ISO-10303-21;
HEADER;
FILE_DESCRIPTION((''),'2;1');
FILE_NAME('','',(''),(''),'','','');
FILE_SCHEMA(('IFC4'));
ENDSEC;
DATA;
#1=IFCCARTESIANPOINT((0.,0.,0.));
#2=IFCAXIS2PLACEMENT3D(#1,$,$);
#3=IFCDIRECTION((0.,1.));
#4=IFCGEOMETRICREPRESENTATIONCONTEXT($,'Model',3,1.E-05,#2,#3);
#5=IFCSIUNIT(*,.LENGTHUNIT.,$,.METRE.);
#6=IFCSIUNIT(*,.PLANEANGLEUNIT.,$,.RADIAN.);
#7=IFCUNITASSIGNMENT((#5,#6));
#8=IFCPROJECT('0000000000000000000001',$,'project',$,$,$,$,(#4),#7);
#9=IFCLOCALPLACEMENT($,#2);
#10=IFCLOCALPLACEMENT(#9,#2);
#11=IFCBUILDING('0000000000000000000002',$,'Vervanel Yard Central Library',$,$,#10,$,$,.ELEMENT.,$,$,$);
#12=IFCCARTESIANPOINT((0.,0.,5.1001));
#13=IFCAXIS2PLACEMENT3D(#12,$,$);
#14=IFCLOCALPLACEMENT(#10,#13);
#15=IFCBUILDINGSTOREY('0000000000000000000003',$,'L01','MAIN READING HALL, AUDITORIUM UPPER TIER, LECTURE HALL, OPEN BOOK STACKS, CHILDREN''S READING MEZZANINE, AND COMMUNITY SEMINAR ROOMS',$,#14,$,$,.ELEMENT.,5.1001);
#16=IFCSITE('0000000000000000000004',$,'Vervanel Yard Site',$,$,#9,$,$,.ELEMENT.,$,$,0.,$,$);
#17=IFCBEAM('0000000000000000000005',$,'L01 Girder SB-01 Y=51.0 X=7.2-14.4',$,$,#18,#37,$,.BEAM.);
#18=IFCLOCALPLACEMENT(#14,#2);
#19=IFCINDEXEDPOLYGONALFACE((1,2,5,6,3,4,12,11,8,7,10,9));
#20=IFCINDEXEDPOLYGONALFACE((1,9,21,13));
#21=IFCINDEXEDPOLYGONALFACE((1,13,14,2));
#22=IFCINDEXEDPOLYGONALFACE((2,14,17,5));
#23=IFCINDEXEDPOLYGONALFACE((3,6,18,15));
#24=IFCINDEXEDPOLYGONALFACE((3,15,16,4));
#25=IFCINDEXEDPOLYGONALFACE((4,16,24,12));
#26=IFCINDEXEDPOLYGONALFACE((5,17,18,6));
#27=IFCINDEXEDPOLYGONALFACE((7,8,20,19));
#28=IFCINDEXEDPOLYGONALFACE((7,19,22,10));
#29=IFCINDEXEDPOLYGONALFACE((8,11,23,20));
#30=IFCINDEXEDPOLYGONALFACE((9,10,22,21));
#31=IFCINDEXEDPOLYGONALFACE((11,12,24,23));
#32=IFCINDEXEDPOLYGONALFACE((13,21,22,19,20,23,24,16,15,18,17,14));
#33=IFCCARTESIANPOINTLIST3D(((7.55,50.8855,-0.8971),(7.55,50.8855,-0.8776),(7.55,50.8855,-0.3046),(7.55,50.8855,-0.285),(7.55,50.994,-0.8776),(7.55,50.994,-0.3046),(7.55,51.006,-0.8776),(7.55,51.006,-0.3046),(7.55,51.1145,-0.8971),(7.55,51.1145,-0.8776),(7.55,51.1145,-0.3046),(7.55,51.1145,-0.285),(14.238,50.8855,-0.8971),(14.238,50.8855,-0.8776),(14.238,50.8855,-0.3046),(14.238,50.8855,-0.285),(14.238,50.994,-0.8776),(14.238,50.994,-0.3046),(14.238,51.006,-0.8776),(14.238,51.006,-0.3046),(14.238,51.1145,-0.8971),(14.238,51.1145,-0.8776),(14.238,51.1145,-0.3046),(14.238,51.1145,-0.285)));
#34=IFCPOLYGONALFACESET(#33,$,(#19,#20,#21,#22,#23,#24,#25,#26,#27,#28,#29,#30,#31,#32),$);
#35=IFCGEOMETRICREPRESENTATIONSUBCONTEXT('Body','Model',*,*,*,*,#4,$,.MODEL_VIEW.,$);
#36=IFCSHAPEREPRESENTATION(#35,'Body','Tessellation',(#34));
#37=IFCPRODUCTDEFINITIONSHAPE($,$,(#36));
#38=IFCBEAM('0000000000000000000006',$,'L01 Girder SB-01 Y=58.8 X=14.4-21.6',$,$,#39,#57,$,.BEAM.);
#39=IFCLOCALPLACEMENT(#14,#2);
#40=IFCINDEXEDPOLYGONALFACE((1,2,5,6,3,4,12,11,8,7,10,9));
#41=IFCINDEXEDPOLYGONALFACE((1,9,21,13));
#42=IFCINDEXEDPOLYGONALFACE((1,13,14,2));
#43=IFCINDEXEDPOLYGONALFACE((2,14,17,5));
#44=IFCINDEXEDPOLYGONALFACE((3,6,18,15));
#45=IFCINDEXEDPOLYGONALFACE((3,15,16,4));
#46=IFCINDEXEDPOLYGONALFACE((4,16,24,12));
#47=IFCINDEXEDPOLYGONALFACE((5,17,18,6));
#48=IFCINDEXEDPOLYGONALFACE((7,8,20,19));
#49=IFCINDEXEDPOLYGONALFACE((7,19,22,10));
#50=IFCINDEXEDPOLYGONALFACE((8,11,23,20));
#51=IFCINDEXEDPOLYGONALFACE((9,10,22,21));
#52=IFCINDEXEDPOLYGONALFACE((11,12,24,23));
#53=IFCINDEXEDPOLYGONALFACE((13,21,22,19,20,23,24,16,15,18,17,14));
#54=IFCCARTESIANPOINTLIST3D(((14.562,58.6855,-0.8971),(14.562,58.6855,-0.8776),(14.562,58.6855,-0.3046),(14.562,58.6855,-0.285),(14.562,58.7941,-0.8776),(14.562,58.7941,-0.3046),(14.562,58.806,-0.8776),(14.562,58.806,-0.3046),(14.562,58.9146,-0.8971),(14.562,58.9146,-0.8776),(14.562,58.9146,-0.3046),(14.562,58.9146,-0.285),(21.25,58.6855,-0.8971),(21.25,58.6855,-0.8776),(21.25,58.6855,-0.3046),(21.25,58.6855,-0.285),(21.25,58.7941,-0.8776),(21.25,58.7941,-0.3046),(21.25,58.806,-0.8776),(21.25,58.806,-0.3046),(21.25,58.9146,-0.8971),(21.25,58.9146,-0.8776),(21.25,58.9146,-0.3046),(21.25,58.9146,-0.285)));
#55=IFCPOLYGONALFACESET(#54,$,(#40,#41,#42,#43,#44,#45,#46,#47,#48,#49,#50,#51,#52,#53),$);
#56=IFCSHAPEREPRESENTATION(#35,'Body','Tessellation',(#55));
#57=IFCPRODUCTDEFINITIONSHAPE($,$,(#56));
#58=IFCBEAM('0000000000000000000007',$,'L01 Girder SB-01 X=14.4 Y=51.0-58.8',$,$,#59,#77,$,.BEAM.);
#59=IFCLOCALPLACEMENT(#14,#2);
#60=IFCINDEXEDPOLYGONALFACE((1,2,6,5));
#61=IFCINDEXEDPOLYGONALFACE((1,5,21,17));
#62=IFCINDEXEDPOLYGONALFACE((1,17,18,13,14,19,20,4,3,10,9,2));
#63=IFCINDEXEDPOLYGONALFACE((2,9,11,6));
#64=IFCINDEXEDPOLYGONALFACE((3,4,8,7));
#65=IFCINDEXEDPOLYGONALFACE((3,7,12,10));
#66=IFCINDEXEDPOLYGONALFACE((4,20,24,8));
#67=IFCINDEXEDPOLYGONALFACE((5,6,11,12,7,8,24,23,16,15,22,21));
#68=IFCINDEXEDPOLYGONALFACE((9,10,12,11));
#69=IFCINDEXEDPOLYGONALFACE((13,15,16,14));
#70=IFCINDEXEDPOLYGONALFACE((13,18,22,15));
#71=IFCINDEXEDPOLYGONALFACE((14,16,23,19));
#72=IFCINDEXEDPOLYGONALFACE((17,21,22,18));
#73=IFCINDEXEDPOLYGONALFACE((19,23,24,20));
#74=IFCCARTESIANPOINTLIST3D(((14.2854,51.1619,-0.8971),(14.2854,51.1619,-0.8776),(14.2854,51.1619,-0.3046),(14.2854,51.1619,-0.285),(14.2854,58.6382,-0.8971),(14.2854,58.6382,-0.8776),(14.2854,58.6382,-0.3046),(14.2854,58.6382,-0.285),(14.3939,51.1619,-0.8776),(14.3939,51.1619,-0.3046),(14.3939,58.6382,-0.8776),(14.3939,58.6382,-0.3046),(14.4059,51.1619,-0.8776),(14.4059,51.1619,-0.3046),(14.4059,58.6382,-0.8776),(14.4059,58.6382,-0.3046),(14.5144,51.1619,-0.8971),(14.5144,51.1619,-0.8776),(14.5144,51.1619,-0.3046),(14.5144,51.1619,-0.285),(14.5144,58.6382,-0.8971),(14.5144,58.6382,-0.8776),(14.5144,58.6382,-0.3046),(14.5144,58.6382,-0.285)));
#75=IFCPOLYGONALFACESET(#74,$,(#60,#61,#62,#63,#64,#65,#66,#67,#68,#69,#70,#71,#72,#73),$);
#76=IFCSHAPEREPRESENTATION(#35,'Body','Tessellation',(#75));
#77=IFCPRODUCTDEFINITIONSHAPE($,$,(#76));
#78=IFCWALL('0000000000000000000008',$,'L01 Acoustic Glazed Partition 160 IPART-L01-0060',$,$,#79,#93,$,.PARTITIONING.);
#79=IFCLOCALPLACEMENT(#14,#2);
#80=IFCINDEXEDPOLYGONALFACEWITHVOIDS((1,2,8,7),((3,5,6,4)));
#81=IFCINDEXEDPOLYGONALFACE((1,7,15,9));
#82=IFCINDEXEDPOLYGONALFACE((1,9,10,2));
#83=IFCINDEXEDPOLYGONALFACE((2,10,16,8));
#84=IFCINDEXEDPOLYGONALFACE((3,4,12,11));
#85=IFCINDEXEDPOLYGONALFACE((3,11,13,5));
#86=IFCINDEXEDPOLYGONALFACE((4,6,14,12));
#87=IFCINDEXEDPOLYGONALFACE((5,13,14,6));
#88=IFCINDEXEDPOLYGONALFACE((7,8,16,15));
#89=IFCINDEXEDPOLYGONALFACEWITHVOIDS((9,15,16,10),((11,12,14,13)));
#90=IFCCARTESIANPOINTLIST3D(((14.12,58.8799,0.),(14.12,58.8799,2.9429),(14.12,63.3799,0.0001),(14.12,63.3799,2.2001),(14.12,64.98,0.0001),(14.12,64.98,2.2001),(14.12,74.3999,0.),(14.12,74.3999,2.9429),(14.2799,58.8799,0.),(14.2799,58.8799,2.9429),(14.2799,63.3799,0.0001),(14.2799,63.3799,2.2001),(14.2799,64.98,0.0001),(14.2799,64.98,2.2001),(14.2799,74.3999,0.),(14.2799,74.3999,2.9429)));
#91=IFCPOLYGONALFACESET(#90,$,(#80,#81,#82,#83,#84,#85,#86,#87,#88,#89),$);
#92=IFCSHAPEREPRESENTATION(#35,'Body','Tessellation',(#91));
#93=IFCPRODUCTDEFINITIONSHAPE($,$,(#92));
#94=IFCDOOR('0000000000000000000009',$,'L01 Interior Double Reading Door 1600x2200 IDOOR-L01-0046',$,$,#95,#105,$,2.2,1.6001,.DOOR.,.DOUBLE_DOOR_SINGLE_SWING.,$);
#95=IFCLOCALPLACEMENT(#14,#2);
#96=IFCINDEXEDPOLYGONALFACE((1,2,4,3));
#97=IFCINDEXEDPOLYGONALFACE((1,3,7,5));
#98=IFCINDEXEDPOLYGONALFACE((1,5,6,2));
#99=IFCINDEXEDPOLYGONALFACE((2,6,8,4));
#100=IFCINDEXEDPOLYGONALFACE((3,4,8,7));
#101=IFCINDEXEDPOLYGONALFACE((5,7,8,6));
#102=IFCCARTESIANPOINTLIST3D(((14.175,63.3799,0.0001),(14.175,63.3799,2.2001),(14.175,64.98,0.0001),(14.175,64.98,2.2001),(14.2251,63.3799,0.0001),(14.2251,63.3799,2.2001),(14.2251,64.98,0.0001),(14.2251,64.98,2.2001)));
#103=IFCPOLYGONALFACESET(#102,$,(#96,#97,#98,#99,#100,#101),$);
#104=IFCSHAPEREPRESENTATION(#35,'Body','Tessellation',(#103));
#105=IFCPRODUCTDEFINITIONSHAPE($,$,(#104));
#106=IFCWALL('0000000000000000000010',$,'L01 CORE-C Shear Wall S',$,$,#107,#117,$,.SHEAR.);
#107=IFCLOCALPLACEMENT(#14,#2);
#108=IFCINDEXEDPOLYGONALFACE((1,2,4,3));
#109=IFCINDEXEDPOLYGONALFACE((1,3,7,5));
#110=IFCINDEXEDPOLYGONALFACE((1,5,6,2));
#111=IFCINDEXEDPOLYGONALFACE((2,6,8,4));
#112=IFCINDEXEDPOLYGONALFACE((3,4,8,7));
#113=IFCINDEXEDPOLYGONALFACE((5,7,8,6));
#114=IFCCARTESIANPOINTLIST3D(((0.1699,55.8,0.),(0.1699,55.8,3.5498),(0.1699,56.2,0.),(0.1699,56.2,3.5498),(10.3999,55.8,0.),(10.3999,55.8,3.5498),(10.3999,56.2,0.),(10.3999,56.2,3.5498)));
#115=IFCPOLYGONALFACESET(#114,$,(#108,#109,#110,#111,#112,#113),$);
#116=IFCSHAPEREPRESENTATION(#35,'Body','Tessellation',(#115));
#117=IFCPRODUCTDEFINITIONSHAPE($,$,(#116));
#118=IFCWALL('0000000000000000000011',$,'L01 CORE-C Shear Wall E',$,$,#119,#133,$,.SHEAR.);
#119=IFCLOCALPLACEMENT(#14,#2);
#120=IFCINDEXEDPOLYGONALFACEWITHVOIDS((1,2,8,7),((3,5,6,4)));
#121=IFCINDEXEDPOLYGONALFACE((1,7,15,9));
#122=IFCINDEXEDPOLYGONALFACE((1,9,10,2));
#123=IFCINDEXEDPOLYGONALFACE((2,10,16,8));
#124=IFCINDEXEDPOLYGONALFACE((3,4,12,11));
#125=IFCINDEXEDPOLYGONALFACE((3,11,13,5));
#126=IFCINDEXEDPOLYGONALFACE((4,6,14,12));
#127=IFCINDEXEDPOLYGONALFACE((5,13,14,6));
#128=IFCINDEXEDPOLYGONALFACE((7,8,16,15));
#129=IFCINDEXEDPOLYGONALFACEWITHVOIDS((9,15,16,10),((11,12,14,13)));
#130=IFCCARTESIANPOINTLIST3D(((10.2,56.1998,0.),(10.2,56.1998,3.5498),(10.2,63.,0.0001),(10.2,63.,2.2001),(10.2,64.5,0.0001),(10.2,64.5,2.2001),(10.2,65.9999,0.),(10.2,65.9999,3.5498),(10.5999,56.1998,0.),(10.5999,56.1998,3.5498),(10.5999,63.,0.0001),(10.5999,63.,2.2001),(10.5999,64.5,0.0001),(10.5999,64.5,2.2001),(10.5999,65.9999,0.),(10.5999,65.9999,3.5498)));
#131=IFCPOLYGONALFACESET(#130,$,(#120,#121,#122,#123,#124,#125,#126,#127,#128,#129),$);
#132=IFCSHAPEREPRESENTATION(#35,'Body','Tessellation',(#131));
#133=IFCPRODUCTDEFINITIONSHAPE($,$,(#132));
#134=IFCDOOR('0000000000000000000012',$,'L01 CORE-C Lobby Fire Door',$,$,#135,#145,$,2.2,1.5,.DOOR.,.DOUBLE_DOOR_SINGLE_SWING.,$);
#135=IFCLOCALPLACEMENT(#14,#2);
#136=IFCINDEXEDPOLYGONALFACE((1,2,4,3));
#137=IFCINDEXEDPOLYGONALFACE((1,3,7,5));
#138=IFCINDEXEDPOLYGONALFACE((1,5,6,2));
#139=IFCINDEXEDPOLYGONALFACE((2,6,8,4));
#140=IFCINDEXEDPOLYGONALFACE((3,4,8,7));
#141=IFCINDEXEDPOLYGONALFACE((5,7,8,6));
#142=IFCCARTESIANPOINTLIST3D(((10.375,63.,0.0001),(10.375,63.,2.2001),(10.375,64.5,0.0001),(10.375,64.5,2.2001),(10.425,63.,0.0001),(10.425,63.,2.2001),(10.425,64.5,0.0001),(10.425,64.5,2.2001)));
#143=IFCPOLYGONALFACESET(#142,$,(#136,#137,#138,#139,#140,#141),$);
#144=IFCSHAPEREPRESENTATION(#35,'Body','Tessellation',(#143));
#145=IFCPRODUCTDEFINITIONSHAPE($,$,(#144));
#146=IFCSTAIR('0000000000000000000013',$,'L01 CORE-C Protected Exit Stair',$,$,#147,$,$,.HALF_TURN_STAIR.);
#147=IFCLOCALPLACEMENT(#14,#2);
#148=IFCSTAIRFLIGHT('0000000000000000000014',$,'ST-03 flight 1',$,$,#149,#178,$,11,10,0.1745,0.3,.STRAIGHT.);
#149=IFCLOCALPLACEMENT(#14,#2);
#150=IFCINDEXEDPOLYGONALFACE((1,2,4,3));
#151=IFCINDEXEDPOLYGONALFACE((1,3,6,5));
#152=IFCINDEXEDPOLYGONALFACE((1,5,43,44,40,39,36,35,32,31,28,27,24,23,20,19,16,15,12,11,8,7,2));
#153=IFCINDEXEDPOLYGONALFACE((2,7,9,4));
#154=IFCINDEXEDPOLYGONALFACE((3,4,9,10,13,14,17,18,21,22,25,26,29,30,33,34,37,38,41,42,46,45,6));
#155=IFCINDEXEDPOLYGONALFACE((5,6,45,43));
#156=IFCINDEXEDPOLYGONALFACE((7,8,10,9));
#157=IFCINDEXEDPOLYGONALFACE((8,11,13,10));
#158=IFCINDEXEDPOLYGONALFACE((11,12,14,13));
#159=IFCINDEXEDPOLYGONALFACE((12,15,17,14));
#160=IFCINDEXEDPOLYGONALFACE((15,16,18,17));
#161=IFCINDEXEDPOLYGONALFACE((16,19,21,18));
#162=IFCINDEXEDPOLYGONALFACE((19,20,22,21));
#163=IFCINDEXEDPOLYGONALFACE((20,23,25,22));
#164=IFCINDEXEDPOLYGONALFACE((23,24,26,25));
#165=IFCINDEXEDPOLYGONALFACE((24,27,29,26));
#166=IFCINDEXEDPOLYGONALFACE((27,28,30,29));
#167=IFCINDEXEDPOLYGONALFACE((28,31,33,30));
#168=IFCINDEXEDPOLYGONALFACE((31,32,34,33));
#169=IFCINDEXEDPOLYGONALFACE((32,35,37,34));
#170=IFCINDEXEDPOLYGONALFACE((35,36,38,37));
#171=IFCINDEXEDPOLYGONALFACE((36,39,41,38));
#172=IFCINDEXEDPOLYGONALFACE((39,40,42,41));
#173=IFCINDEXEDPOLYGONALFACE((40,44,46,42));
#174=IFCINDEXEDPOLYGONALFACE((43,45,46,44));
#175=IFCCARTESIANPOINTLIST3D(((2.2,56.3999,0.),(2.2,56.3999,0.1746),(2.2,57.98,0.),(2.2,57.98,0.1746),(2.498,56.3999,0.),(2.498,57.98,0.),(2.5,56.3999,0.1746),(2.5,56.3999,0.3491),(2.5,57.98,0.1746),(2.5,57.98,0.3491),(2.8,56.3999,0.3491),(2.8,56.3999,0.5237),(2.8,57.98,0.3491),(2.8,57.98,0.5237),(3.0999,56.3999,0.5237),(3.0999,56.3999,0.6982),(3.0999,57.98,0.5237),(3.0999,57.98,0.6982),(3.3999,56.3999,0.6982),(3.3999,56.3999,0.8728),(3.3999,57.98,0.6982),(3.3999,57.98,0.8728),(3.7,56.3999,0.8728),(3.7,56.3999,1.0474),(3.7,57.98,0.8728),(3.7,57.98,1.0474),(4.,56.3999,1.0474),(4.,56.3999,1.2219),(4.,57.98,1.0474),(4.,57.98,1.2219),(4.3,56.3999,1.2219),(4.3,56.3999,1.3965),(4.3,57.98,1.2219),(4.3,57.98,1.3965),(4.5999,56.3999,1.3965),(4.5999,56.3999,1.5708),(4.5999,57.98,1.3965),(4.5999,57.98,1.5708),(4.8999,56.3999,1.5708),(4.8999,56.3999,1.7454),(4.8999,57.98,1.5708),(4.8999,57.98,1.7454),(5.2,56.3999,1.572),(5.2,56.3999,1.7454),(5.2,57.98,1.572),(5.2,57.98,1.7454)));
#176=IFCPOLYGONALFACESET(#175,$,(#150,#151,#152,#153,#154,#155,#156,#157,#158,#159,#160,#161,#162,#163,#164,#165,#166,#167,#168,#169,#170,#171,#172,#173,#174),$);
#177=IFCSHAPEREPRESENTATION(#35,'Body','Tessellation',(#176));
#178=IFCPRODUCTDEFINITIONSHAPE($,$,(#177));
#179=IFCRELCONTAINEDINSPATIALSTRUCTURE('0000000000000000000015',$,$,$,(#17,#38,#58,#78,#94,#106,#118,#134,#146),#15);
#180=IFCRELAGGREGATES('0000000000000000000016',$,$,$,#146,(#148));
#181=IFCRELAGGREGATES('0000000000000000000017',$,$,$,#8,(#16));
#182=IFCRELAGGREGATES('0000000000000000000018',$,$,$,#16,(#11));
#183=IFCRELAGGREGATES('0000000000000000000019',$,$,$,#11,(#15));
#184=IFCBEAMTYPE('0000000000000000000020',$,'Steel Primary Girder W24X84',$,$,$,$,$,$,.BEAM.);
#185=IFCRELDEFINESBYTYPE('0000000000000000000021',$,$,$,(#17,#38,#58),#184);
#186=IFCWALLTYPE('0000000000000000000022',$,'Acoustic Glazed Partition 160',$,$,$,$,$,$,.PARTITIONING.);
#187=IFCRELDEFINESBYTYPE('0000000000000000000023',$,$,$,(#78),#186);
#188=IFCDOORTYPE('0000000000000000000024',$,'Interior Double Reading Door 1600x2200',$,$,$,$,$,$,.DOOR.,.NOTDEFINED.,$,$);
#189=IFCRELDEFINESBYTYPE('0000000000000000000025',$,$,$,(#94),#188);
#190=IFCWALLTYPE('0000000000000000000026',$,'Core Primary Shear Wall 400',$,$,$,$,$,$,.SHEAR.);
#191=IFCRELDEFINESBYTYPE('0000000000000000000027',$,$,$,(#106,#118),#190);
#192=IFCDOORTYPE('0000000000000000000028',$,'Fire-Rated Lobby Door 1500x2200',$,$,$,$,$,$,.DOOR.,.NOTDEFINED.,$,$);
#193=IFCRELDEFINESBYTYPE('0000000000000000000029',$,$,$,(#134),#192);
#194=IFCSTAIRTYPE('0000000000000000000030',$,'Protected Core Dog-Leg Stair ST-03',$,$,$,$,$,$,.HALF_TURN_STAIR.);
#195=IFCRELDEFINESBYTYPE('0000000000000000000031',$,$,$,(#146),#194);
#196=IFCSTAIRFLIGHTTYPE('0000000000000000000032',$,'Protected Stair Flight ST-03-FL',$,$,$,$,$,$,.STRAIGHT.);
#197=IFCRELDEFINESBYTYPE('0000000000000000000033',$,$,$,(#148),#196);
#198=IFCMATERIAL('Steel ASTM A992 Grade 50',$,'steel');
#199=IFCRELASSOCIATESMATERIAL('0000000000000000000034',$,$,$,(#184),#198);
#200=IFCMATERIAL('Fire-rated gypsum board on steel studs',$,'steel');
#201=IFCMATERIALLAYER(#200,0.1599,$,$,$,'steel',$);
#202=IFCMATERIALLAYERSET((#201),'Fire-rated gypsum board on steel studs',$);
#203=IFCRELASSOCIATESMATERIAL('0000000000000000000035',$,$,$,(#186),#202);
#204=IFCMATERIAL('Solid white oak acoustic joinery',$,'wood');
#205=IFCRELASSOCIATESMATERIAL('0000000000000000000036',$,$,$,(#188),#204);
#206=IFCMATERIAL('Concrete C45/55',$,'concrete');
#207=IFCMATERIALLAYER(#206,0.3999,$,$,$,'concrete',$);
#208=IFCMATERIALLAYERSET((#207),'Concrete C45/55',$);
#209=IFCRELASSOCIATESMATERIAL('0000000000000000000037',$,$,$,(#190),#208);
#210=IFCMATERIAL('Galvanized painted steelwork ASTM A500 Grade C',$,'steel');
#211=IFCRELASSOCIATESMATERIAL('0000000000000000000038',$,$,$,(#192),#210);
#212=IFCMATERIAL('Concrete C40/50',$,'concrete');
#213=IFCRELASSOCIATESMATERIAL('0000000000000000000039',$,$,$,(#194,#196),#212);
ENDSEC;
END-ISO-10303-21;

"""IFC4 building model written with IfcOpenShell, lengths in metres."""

from ifc_helpers import new_model, si_unit, direction, frame, frame_2d, origin, origin_2d, place, context, subcontext, project, spatial, polyline, rectangle, i_section, outline, extrude, material, layer, layer_set, material_profile, profile_set, type_object, element, fill, aggregate, save


model = new_model("IFC4")

# Units and contexts
model_context = context("Model", 3, precision=1e-05, world=origin(), true_north=direction((0.0, 1.0)))
body_context = subcontext(model_context, "Body", "Model", "MODEL_VIEW")
ifc_project = project(units=[si_unit("LENGTHUNIT", "METRE"), si_unit("PLANEANGLEUNIT", "RADIAN")], contexts=[model_context])

# Site, building, storey
site_placement = place(None, origin())
site = spatial("IfcSite", under=ifc_project, at=site_placement, Name="Vervanel Yard Site", CompositionType="ELEMENT", RefElevation=0.0)
building_placement = place(site_placement, origin())
building = spatial("IfcBuilding", under=site, at=building_placement, Name="Vervanel Yard Central Library", CompositionType="ELEMENT")
storey_placement = place(building_placement, frame((0.0, 0.0, 5.1001)))
storey = spatial("IfcBuildingStorey", under=building, at=storey_placement, Name="L01", Description="MAIN READING HALL, AUDITORIUM UPPER TIER, LECTURE HALL, OPEN BOOK STACKS, CHILDREN'S READING MEZZANINE, AND COMMUNITY SEMINAR ROOMS", CompositionType="ELEMENT", Elevation=5.1001)

# Shared definitions
ifc_material_1 = material(Name="Concrete C40/50", Category="concrete")

# Beams
ifc_material_2 = material(Name="Steel ASTM A992 Grade 50", Category="steel")
ifc_material_profile_1 = material_profile(ifc_material_2, i_section(OverallWidth=0.229, OverallDepth=0.6121, WebThickness=0.012, FlangeThickness=0.0195, at=origin_2d()), Name="W24X84", Category="steel")
ifc_profile_set_1 = profile_set([ifc_material_profile_1], Name="Steel ASTM A992 Grade 50")
beam_type_1 = type_object("IfcBeamType", Name="Steel Primary Girder W24X84", PredefinedType="BEAM", material=ifc_profile_set_1)
for number, where, z_axis, x_axis, name in (
    (1, (7.55, 51.0, -0.5911), (1.0, 0.0, 0.0), (0.0, 1.0, 0.0), "L01 Girder SB-01 Y=51.0 X=7.2-14.4"),
    (2, (14.562, 58.8, -0.5911), (1.0, 0.0, 0.0), (0.0, 1.0, 0.0), "L01 Girder SB-01 Y=58.8 X=14.4-21.6"),
):
    element("IfcBeam", number, at=place(storey_placement, frame(where, z_axis=z_axis, x_axis=x_axis)), inside=storey, type_object=beam_type_1, Name=name, PredefinedType="BEAM", context=body_context, shape_type="SweptSolid", body=[
        extrude(i_section(OverallWidth=0.229, OverallDepth=0.6121, WebThickness=0.012, FlangeThickness=0.0195, at=origin_2d()), origin(), (0.0, 0.0, 1.0), 6.688),
    ])
beam_1_placement = place(storey_placement, frame((14.3999, 51.1619, -0.5911), z_axis=(0.0, 1.0, 0.0), x_axis=(-1.0, 0.0, 0.0)))
element("IfcBeam", 3, at=beam_1_placement, inside=storey, type_object=beam_type_1, Name="L01 Girder SB-01 X=14.4 Y=51.0-58.8", PredefinedType="BEAM", context=body_context, shape_type="SweptSolid", body=[
    extrude(i_section(OverallWidth=0.229, OverallDepth=0.6121, WebThickness=0.012, FlangeThickness=0.0195, at=origin_2d()), origin(), (0.0, 0.0, 1.0), 7.4763),
])

# Wall, opening, door
ifc_material_3 = material(Name="Fire-rated gypsum board on steel studs", Category="steel")
ifc_layer_1 = layer(ifc_material_3, 0.1599, Category="steel")
ifc_layer_set_1 = layer_set([ifc_layer_1], Name="Fire-rated gypsum board on steel studs")
wall_type_1 = type_object("IfcWallType", Name="Acoustic Glazed Partition 160", PredefinedType="PARTITIONING", material=ifc_layer_set_1)
wall_1_placement = place(storey_placement, frame((14.2, 58.8799, 0.0), z_axis=(0.0, 0.0, 1.0), x_axis=(0.0, 1.0, 0.0)))
wall_1 = element("IfcWall", 4, at=wall_1_placement, inside=storey, type_object=wall_type_1, Name="L01 Acoustic Glazed Partition 160 IPART-L01-0060", PredefinedType="PARTITIONING", context=body_context, shape_type="SweptSolid", body=[
    extrude(rectangle(XDim=15.52, YDim=0.1599, at=frame_2d((7.76, 0.0))), origin(), (0.0, 0.0, 1.0), 2.9429),
])
opening_1_placement = place(wall_1_placement, frame((4.5, 0.0, 0.0)))
opening_1 = element("IfcOpeningElement", 5, at=opening_1_placement, cuts=wall_1, PredefinedType="OPENING", context=body_context, shape_type="SweptSolid", body=[
    extrude(rectangle(XDim=1.6001, YDim=2.2, at=frame_2d((0.8, 1.1001))), frame((0.0, 0.0898, 0.0), z_axis=(0.0, -1.0, 0.0), x_axis=(1.0, 0.0, 0.0)), (0.0, 0.0, 1.0), 0.1799),
])
ifc_material_4 = material(Name="Solid white oak acoustic joinery", Category="wood")
door_type_1 = type_object("IfcDoorType", Name="Interior Double Reading Door 1600x2200", OperationType="NOTDEFINED", PredefinedType="DOOR", material=ifc_material_4)
door_1_placement = place(opening_1_placement, origin())
door_1 = element("IfcDoor", 6, at=door_1_placement, inside=storey, type_object=door_type_1, Name="L01 Interior Double Reading Door 1600x2200 IDOOR-L01-0046", OperationType="DOUBLE_DOOR_SINGLE_SWING", OverallHeight=2.2, OverallWidth=1.6001, PredefinedType="DOOR", context=body_context, shape_type="SweptSolid", body=[
    extrude(rectangle(XDim=1.6001, YDim=2.2, at=frame_2d((0.8, 1.1001))), frame((0.0, 0.0249, 0.0), z_axis=(0.0, -1.0, 0.0), x_axis=(1.0, 0.0, 0.0)), (0.0, 0.0, 1.0), 0.05),
])
fill(opening_1, door_1)

# Wall
ifc_material_5 = material(Name="Concrete C45/55", Category="concrete")
ifc_layer_2 = layer(ifc_material_5, 0.3999, Category="concrete")
ifc_layer_set_2 = layer_set([ifc_layer_2], Name="Concrete C45/55")
wall_type_2 = type_object("IfcWallType", Name="Core Primary Shear Wall 400", PredefinedType="SHEAR", material=ifc_layer_set_2)
wall_2_placement = place(storey_placement, frame((0.1699, 56.0, 0.0), z_axis=(0.0, 0.0, 1.0), x_axis=(1.0, 0.0, 0.0)))
element("IfcWall", 7, at=wall_2_placement, inside=storey, type_object=wall_type_2, Name="L01 CORE-C Shear Wall S", PredefinedType="SHEAR", context=body_context, shape_type="SweptSolid", body=[
    extrude(rectangle(XDim=10.23, YDim=0.3999, at=frame_2d((5.115, 0.0))), origin(), (0.0, 0.0, 1.0), 3.5498),
])

# Wall, opening, door
wall_3_placement = place(storey_placement, frame((10.3999, 56.2, 0.0), z_axis=(0.0, 0.0, 1.0), x_axis=(0.0, 1.0, 0.0)))
wall_3 = element("IfcWall", 8, at=wall_3_placement, inside=storey, type_object=wall_type_2, Name="L01 CORE-C Shear Wall E", PredefinedType="SHEAR", context=body_context, shape_type="SweptSolid", body=[
    extrude(rectangle(XDim=9.8, YDim=0.3999, at=frame_2d((4.8999, 0.0))), origin(), (0.0, 0.0, 1.0), 3.5498),
])
opening_2_placement = place(wall_3_placement, frame((6.8, 0.0, 0.0)))
opening_2 = element("IfcOpeningElement", 9, at=opening_2_placement, cuts=wall_3, PredefinedType="OPENING", context=body_context, shape_type="SweptSolid", body=[
    extrude(rectangle(XDim=1.5, YDim=2.2, at=frame_2d((0.75, 1.1001))), frame((0.0, 0.21, 0.0), z_axis=(0.0, -1.0, 0.0), x_axis=(1.0, 0.0, 0.0)), (0.0, 0.0, 1.0), 0.4199),
])
ifc_material_6 = material(Name="Galvanized painted steelwork ASTM A500 Grade C", Category="steel")
door_type_2 = type_object("IfcDoorType", Name="Fire-Rated Lobby Door 1500x2200", OperationType="NOTDEFINED", PredefinedType="DOOR", material=ifc_material_6)
door_2_placement = place(opening_2_placement, origin())
door_2 = element("IfcDoor", 10, at=door_2_placement, inside=storey, type_object=door_type_2, Name="L01 CORE-C Lobby Fire Door", OperationType="DOUBLE_DOOR_SINGLE_SWING", OverallHeight=2.2, OverallWidth=1.5, PredefinedType="DOOR", context=body_context, shape_type="SweptSolid", body=[
    extrude(rectangle(XDim=1.5, YDim=2.2, at=frame_2d((0.75, 1.1001))), frame((0.0, 0.0249, 0.0), z_axis=(0.0, -1.0, 0.0), x_axis=(1.0, 0.0, 0.0)), (0.0, 0.0, 1.0), 0.05),
])
fill(opening_2, door_2)

# Stair, stair flight
stair_type = type_object("IfcStairType", Name="Protected Core Dog-Leg Stair ST-03", PredefinedType="HALF_TURN_STAIR", material=ifc_material_1)
stair_placement = place(storey_placement, origin())
stair = element("IfcStair", 11, at=stair_placement, inside=storey, type_object=stair_type, Name="L01 CORE-C Protected Exit Stair", PredefinedType="HALF_TURN_STAIR")
stair_flight_type = type_object("IfcStairFlightType", Name="Protected Stair Flight ST-03-FL", PredefinedType="STRAIGHT", material=ifc_material_1)
stair_flight_1_placement = place(storey_placement, frame((2.2, 57.1899, 0.0), z_axis=(0.0, 0.0, 1.0), x_axis=(1.0, 0.0, 0.0)))
stair_flight_1 = element("IfcStairFlight", 12, at=stair_flight_1_placement, type_object=stair_flight_type, Name="ST-03 flight 1", NumberOfRisers=11, NumberOfTreads=10, PredefinedType="STRAIGHT", RiserHeight=0.1745, TreadLength=0.3, context=body_context, shape_type="SweptSolid", body=[
    extrude(outline(polyline([(0.0, 0.0), (0.0, 0.1746), (0.3, 0.1746), (0.3, 0.3491), (0.6001, 0.3491), (0.6001, 0.5237), (0.8999, 0.5237), (0.8999, 0.6982), (1.2, 0.6982), (1.2, 0.8728), (1.5, 0.8728), (1.5, 1.0474), (1.8, 1.0474), (1.8, 1.2219), (2.1001, 1.2219), (2.1001, 1.3965), (2.3999, 1.3965), (2.3999, 1.5708), (2.7, 1.5708), (2.7, 1.7454), (3.0, 1.7454), (3.0, 1.9199), (3.0, 1.572), (0.2981, 0.0), (0.0, 0.0)])), frame((0.0, 0.79, 0.0), z_axis=(0.0, -1.0, 0.0), x_axis=(1.0, 0.0, 0.0)), (0.0, 0.0, 1.0), 1.5801),
])
aggregate(stair, [stair_flight_1])

save(model, "model.ifc")
